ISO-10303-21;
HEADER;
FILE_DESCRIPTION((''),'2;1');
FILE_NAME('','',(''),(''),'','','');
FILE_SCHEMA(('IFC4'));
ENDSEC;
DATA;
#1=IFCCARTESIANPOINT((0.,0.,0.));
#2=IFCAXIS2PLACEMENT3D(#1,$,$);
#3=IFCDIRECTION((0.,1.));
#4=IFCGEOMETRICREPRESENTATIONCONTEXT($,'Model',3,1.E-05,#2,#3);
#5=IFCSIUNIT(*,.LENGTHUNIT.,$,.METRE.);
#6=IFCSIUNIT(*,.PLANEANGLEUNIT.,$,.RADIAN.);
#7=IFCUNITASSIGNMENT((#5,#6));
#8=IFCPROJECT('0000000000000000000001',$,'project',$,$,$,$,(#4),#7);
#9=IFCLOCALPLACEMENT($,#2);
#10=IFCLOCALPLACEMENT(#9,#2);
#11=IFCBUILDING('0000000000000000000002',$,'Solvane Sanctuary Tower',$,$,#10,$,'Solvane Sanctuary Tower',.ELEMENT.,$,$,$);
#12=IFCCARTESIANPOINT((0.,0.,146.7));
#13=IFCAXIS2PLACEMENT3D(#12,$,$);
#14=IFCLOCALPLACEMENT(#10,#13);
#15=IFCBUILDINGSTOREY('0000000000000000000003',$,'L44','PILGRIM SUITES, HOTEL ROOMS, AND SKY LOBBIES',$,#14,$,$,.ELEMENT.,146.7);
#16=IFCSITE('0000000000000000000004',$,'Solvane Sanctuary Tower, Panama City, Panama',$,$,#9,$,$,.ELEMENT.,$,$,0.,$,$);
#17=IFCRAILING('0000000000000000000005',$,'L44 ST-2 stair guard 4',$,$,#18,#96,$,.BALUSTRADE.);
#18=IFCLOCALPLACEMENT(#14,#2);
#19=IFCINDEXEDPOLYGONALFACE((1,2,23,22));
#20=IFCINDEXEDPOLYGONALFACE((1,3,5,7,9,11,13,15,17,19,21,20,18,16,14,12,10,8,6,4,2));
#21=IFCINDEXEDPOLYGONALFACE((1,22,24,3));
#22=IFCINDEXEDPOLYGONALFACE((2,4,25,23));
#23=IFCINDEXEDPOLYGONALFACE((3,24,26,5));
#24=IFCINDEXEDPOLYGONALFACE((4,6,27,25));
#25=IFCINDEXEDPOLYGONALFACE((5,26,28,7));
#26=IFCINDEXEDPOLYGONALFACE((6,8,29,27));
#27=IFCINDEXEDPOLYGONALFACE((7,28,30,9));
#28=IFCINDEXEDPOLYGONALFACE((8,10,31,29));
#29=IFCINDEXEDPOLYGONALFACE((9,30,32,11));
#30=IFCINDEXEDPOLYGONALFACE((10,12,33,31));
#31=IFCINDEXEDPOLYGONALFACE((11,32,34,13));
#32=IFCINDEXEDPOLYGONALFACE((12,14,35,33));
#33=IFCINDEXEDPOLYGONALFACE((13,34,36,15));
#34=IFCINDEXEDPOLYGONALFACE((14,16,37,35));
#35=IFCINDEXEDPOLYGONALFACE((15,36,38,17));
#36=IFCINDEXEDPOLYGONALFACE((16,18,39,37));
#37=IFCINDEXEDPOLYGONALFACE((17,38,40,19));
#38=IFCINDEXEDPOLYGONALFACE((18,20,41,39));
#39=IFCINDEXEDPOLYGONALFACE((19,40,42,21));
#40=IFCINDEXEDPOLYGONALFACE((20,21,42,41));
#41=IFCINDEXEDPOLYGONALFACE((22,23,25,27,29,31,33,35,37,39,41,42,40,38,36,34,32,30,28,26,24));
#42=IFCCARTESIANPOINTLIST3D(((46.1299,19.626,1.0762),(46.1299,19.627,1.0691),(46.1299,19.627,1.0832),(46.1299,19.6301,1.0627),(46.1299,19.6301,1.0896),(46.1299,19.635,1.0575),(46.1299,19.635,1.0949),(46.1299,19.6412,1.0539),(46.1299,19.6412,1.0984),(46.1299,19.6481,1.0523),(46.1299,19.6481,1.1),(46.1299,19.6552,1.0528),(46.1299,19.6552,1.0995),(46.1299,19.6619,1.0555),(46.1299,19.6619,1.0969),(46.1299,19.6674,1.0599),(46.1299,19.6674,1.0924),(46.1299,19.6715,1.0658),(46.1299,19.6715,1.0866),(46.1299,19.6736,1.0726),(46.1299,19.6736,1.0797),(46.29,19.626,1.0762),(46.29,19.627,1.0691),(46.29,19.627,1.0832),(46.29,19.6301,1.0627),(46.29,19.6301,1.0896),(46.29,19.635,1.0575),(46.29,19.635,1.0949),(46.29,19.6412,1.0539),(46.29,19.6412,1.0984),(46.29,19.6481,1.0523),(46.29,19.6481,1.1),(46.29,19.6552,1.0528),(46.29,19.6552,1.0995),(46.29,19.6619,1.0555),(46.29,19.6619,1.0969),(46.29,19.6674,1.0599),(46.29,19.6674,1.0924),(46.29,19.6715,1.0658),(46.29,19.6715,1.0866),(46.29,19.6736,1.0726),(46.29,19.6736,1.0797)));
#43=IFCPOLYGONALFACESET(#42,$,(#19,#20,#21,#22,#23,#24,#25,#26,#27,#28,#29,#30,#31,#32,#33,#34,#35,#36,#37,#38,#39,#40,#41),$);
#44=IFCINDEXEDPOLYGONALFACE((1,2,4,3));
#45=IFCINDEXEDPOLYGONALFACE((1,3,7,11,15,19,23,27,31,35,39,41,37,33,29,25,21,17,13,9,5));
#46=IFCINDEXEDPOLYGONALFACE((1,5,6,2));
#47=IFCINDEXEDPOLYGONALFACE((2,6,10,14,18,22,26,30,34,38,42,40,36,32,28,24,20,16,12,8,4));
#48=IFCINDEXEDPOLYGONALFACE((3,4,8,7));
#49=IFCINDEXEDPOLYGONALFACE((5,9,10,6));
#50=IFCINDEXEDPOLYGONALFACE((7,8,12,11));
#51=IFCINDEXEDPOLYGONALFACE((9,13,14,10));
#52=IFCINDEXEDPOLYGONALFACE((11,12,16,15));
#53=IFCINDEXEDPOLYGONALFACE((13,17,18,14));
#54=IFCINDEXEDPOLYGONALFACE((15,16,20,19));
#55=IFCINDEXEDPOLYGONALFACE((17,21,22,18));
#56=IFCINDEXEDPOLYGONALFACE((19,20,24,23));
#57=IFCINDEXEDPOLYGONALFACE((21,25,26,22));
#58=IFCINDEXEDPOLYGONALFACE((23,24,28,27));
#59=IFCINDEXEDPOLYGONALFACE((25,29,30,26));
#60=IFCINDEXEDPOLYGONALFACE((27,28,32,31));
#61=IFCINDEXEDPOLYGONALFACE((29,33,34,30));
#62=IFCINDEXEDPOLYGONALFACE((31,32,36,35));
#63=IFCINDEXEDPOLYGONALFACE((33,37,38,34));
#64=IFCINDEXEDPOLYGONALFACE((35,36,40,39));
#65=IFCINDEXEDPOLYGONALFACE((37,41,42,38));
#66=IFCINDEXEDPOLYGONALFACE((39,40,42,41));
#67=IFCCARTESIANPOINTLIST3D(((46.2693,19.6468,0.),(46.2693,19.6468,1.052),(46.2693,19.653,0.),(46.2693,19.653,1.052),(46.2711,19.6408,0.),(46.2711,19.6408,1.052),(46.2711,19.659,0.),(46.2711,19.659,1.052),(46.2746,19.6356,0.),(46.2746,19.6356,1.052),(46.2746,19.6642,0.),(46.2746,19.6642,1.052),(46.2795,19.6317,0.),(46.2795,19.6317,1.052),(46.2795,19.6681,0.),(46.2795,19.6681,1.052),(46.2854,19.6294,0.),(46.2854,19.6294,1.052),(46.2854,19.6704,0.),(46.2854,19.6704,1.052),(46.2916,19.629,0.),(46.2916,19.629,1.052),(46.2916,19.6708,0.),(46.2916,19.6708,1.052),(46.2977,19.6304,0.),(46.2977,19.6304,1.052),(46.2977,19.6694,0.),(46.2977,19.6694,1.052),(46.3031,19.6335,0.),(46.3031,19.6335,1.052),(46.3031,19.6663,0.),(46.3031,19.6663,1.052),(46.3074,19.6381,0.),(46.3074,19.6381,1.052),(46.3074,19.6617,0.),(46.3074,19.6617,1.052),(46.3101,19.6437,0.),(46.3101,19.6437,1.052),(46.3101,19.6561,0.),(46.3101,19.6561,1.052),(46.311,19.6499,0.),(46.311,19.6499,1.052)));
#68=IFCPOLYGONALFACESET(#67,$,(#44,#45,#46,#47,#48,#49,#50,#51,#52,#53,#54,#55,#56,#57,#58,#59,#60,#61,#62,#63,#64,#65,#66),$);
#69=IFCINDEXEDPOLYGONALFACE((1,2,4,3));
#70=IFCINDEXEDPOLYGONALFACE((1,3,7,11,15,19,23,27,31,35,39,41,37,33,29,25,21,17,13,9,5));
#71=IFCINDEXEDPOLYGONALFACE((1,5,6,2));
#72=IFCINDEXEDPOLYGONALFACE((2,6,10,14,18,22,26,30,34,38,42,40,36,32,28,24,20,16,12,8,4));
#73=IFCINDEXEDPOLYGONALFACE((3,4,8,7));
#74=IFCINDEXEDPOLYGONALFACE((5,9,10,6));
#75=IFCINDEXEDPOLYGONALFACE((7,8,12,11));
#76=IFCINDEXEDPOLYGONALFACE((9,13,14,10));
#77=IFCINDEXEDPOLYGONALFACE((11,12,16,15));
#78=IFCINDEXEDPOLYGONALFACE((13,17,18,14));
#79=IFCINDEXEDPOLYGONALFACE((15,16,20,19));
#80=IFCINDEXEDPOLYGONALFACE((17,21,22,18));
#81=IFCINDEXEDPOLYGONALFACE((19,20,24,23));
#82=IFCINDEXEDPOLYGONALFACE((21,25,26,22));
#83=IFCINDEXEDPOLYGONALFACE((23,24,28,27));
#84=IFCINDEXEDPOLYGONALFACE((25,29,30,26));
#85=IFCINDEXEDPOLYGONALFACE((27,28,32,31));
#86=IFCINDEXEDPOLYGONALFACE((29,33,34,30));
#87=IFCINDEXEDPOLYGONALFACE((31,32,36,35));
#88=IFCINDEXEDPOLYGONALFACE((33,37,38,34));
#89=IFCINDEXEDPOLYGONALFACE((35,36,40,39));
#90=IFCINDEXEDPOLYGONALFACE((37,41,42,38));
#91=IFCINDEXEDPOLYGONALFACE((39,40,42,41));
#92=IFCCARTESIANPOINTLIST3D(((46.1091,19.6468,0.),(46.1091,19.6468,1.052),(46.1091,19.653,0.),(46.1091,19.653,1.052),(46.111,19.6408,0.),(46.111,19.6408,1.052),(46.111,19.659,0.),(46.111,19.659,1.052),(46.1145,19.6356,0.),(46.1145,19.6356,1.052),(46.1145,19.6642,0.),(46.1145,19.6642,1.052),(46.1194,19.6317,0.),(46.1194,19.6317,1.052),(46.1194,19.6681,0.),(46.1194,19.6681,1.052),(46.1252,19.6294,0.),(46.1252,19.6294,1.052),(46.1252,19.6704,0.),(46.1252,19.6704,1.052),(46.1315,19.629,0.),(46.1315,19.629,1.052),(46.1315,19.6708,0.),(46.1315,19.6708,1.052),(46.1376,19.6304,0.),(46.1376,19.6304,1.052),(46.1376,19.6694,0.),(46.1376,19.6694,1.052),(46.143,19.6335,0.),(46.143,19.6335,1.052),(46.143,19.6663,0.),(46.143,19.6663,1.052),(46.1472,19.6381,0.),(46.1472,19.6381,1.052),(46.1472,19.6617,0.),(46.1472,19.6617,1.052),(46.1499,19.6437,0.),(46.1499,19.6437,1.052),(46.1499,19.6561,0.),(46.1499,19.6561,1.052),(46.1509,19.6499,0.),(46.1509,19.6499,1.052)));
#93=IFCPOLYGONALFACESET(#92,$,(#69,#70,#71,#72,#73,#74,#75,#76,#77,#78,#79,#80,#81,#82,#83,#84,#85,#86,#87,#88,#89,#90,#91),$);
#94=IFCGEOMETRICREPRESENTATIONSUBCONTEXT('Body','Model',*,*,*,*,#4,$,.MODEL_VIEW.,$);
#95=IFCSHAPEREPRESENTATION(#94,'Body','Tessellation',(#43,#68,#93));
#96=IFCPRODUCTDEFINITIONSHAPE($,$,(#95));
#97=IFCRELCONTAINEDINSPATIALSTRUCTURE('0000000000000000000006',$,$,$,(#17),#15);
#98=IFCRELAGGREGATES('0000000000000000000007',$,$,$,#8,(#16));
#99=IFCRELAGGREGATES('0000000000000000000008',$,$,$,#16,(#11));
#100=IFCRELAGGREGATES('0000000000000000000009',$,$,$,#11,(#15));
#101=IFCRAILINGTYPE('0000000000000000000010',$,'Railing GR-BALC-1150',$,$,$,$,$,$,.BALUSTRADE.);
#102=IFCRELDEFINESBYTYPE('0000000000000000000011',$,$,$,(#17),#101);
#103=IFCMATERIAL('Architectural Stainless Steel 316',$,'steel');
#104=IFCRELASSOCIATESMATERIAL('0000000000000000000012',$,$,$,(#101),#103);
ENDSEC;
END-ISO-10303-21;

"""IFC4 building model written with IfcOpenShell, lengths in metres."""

from ifc_helpers import new_model, si_unit, direction, frame, origin, origin_2d, place, context, subcontext, project, spatial, circle, extrude, material, type_object, element, save


model = new_model("IFC4")

# Units and contexts
model_context = context("Model", 3, precision=1e-05, world=origin(), true_north=direction((0.0, 1.0)))
body_context = subcontext(model_context, "Body", "Model", "MODEL_VIEW")
ifc_project = project(units=[si_unit("LENGTHUNIT", "METRE"), si_unit("PLANEANGLEUNIT", "RADIAN")], contexts=[model_context])

# Site, building, storey
site_placement = place(None, origin())
site = spatial("IfcSite", under=ifc_project, at=site_placement, Name="Solvane Sanctuary Tower, Panama City, Panama", CompositionType="ELEMENT", RefElevation=0.0)
building_placement = place(site_placement, origin())
building = spatial("IfcBuilding", under=site, at=building_placement, Name="Solvane Sanctuary Tower", LongName="Solvane Sanctuary Tower", CompositionType="ELEMENT")
storey_placement = place(building_placement, frame((0.0, 0.0, 146.7)))
storey = spatial("IfcBuildingStorey", under=building, at=storey_placement, Name="L44", Description="PILGRIM SUITES, HOTEL ROOMS, AND SKY LOBBIES", CompositionType="ELEMENT", Elevation=146.7)

# Shared definitions
ifc_material_1 = material(Name="Architectural Stainless Steel 316", Category="steel")

# Railing
railing_type_1 = type_object("IfcRailingType", Name="Railing GR-BALC-1150", PredefinedType="BALUSTRADE", material=ifc_material_1)
railing_1_placement = place(storey_placement, frame((46.29, 19.6499, 0.0)))
element("IfcRailing", 1, at=railing_1_placement, inside=storey, type_object=railing_type_1, Name="L44 ST-2 stair guard 4", PredefinedType="BALUSTRADE", context=body_context, shape_type="SweptSolid", body=[
    extrude(circle(Radius=0.0239, at=origin_2d()), frame((0.0, 0.0, 1.0762), z_axis=(-1.0, 0.0, 0.0), x_axis=(0.0, -1.0, 0.0)), (0.0, 0.0, 1.0), 0.1602),
    extrude(circle(Radius=0.021, at=origin_2d()), origin(), (0.0, 0.0, 1.0), 1.052),
    extrude(circle(Radius=0.021, at=origin_2d()), frame((-0.1602, 0.0, 0.0)), (0.0, 0.0, 1.0), 1.052),
])

save(model, "model.ifc")
